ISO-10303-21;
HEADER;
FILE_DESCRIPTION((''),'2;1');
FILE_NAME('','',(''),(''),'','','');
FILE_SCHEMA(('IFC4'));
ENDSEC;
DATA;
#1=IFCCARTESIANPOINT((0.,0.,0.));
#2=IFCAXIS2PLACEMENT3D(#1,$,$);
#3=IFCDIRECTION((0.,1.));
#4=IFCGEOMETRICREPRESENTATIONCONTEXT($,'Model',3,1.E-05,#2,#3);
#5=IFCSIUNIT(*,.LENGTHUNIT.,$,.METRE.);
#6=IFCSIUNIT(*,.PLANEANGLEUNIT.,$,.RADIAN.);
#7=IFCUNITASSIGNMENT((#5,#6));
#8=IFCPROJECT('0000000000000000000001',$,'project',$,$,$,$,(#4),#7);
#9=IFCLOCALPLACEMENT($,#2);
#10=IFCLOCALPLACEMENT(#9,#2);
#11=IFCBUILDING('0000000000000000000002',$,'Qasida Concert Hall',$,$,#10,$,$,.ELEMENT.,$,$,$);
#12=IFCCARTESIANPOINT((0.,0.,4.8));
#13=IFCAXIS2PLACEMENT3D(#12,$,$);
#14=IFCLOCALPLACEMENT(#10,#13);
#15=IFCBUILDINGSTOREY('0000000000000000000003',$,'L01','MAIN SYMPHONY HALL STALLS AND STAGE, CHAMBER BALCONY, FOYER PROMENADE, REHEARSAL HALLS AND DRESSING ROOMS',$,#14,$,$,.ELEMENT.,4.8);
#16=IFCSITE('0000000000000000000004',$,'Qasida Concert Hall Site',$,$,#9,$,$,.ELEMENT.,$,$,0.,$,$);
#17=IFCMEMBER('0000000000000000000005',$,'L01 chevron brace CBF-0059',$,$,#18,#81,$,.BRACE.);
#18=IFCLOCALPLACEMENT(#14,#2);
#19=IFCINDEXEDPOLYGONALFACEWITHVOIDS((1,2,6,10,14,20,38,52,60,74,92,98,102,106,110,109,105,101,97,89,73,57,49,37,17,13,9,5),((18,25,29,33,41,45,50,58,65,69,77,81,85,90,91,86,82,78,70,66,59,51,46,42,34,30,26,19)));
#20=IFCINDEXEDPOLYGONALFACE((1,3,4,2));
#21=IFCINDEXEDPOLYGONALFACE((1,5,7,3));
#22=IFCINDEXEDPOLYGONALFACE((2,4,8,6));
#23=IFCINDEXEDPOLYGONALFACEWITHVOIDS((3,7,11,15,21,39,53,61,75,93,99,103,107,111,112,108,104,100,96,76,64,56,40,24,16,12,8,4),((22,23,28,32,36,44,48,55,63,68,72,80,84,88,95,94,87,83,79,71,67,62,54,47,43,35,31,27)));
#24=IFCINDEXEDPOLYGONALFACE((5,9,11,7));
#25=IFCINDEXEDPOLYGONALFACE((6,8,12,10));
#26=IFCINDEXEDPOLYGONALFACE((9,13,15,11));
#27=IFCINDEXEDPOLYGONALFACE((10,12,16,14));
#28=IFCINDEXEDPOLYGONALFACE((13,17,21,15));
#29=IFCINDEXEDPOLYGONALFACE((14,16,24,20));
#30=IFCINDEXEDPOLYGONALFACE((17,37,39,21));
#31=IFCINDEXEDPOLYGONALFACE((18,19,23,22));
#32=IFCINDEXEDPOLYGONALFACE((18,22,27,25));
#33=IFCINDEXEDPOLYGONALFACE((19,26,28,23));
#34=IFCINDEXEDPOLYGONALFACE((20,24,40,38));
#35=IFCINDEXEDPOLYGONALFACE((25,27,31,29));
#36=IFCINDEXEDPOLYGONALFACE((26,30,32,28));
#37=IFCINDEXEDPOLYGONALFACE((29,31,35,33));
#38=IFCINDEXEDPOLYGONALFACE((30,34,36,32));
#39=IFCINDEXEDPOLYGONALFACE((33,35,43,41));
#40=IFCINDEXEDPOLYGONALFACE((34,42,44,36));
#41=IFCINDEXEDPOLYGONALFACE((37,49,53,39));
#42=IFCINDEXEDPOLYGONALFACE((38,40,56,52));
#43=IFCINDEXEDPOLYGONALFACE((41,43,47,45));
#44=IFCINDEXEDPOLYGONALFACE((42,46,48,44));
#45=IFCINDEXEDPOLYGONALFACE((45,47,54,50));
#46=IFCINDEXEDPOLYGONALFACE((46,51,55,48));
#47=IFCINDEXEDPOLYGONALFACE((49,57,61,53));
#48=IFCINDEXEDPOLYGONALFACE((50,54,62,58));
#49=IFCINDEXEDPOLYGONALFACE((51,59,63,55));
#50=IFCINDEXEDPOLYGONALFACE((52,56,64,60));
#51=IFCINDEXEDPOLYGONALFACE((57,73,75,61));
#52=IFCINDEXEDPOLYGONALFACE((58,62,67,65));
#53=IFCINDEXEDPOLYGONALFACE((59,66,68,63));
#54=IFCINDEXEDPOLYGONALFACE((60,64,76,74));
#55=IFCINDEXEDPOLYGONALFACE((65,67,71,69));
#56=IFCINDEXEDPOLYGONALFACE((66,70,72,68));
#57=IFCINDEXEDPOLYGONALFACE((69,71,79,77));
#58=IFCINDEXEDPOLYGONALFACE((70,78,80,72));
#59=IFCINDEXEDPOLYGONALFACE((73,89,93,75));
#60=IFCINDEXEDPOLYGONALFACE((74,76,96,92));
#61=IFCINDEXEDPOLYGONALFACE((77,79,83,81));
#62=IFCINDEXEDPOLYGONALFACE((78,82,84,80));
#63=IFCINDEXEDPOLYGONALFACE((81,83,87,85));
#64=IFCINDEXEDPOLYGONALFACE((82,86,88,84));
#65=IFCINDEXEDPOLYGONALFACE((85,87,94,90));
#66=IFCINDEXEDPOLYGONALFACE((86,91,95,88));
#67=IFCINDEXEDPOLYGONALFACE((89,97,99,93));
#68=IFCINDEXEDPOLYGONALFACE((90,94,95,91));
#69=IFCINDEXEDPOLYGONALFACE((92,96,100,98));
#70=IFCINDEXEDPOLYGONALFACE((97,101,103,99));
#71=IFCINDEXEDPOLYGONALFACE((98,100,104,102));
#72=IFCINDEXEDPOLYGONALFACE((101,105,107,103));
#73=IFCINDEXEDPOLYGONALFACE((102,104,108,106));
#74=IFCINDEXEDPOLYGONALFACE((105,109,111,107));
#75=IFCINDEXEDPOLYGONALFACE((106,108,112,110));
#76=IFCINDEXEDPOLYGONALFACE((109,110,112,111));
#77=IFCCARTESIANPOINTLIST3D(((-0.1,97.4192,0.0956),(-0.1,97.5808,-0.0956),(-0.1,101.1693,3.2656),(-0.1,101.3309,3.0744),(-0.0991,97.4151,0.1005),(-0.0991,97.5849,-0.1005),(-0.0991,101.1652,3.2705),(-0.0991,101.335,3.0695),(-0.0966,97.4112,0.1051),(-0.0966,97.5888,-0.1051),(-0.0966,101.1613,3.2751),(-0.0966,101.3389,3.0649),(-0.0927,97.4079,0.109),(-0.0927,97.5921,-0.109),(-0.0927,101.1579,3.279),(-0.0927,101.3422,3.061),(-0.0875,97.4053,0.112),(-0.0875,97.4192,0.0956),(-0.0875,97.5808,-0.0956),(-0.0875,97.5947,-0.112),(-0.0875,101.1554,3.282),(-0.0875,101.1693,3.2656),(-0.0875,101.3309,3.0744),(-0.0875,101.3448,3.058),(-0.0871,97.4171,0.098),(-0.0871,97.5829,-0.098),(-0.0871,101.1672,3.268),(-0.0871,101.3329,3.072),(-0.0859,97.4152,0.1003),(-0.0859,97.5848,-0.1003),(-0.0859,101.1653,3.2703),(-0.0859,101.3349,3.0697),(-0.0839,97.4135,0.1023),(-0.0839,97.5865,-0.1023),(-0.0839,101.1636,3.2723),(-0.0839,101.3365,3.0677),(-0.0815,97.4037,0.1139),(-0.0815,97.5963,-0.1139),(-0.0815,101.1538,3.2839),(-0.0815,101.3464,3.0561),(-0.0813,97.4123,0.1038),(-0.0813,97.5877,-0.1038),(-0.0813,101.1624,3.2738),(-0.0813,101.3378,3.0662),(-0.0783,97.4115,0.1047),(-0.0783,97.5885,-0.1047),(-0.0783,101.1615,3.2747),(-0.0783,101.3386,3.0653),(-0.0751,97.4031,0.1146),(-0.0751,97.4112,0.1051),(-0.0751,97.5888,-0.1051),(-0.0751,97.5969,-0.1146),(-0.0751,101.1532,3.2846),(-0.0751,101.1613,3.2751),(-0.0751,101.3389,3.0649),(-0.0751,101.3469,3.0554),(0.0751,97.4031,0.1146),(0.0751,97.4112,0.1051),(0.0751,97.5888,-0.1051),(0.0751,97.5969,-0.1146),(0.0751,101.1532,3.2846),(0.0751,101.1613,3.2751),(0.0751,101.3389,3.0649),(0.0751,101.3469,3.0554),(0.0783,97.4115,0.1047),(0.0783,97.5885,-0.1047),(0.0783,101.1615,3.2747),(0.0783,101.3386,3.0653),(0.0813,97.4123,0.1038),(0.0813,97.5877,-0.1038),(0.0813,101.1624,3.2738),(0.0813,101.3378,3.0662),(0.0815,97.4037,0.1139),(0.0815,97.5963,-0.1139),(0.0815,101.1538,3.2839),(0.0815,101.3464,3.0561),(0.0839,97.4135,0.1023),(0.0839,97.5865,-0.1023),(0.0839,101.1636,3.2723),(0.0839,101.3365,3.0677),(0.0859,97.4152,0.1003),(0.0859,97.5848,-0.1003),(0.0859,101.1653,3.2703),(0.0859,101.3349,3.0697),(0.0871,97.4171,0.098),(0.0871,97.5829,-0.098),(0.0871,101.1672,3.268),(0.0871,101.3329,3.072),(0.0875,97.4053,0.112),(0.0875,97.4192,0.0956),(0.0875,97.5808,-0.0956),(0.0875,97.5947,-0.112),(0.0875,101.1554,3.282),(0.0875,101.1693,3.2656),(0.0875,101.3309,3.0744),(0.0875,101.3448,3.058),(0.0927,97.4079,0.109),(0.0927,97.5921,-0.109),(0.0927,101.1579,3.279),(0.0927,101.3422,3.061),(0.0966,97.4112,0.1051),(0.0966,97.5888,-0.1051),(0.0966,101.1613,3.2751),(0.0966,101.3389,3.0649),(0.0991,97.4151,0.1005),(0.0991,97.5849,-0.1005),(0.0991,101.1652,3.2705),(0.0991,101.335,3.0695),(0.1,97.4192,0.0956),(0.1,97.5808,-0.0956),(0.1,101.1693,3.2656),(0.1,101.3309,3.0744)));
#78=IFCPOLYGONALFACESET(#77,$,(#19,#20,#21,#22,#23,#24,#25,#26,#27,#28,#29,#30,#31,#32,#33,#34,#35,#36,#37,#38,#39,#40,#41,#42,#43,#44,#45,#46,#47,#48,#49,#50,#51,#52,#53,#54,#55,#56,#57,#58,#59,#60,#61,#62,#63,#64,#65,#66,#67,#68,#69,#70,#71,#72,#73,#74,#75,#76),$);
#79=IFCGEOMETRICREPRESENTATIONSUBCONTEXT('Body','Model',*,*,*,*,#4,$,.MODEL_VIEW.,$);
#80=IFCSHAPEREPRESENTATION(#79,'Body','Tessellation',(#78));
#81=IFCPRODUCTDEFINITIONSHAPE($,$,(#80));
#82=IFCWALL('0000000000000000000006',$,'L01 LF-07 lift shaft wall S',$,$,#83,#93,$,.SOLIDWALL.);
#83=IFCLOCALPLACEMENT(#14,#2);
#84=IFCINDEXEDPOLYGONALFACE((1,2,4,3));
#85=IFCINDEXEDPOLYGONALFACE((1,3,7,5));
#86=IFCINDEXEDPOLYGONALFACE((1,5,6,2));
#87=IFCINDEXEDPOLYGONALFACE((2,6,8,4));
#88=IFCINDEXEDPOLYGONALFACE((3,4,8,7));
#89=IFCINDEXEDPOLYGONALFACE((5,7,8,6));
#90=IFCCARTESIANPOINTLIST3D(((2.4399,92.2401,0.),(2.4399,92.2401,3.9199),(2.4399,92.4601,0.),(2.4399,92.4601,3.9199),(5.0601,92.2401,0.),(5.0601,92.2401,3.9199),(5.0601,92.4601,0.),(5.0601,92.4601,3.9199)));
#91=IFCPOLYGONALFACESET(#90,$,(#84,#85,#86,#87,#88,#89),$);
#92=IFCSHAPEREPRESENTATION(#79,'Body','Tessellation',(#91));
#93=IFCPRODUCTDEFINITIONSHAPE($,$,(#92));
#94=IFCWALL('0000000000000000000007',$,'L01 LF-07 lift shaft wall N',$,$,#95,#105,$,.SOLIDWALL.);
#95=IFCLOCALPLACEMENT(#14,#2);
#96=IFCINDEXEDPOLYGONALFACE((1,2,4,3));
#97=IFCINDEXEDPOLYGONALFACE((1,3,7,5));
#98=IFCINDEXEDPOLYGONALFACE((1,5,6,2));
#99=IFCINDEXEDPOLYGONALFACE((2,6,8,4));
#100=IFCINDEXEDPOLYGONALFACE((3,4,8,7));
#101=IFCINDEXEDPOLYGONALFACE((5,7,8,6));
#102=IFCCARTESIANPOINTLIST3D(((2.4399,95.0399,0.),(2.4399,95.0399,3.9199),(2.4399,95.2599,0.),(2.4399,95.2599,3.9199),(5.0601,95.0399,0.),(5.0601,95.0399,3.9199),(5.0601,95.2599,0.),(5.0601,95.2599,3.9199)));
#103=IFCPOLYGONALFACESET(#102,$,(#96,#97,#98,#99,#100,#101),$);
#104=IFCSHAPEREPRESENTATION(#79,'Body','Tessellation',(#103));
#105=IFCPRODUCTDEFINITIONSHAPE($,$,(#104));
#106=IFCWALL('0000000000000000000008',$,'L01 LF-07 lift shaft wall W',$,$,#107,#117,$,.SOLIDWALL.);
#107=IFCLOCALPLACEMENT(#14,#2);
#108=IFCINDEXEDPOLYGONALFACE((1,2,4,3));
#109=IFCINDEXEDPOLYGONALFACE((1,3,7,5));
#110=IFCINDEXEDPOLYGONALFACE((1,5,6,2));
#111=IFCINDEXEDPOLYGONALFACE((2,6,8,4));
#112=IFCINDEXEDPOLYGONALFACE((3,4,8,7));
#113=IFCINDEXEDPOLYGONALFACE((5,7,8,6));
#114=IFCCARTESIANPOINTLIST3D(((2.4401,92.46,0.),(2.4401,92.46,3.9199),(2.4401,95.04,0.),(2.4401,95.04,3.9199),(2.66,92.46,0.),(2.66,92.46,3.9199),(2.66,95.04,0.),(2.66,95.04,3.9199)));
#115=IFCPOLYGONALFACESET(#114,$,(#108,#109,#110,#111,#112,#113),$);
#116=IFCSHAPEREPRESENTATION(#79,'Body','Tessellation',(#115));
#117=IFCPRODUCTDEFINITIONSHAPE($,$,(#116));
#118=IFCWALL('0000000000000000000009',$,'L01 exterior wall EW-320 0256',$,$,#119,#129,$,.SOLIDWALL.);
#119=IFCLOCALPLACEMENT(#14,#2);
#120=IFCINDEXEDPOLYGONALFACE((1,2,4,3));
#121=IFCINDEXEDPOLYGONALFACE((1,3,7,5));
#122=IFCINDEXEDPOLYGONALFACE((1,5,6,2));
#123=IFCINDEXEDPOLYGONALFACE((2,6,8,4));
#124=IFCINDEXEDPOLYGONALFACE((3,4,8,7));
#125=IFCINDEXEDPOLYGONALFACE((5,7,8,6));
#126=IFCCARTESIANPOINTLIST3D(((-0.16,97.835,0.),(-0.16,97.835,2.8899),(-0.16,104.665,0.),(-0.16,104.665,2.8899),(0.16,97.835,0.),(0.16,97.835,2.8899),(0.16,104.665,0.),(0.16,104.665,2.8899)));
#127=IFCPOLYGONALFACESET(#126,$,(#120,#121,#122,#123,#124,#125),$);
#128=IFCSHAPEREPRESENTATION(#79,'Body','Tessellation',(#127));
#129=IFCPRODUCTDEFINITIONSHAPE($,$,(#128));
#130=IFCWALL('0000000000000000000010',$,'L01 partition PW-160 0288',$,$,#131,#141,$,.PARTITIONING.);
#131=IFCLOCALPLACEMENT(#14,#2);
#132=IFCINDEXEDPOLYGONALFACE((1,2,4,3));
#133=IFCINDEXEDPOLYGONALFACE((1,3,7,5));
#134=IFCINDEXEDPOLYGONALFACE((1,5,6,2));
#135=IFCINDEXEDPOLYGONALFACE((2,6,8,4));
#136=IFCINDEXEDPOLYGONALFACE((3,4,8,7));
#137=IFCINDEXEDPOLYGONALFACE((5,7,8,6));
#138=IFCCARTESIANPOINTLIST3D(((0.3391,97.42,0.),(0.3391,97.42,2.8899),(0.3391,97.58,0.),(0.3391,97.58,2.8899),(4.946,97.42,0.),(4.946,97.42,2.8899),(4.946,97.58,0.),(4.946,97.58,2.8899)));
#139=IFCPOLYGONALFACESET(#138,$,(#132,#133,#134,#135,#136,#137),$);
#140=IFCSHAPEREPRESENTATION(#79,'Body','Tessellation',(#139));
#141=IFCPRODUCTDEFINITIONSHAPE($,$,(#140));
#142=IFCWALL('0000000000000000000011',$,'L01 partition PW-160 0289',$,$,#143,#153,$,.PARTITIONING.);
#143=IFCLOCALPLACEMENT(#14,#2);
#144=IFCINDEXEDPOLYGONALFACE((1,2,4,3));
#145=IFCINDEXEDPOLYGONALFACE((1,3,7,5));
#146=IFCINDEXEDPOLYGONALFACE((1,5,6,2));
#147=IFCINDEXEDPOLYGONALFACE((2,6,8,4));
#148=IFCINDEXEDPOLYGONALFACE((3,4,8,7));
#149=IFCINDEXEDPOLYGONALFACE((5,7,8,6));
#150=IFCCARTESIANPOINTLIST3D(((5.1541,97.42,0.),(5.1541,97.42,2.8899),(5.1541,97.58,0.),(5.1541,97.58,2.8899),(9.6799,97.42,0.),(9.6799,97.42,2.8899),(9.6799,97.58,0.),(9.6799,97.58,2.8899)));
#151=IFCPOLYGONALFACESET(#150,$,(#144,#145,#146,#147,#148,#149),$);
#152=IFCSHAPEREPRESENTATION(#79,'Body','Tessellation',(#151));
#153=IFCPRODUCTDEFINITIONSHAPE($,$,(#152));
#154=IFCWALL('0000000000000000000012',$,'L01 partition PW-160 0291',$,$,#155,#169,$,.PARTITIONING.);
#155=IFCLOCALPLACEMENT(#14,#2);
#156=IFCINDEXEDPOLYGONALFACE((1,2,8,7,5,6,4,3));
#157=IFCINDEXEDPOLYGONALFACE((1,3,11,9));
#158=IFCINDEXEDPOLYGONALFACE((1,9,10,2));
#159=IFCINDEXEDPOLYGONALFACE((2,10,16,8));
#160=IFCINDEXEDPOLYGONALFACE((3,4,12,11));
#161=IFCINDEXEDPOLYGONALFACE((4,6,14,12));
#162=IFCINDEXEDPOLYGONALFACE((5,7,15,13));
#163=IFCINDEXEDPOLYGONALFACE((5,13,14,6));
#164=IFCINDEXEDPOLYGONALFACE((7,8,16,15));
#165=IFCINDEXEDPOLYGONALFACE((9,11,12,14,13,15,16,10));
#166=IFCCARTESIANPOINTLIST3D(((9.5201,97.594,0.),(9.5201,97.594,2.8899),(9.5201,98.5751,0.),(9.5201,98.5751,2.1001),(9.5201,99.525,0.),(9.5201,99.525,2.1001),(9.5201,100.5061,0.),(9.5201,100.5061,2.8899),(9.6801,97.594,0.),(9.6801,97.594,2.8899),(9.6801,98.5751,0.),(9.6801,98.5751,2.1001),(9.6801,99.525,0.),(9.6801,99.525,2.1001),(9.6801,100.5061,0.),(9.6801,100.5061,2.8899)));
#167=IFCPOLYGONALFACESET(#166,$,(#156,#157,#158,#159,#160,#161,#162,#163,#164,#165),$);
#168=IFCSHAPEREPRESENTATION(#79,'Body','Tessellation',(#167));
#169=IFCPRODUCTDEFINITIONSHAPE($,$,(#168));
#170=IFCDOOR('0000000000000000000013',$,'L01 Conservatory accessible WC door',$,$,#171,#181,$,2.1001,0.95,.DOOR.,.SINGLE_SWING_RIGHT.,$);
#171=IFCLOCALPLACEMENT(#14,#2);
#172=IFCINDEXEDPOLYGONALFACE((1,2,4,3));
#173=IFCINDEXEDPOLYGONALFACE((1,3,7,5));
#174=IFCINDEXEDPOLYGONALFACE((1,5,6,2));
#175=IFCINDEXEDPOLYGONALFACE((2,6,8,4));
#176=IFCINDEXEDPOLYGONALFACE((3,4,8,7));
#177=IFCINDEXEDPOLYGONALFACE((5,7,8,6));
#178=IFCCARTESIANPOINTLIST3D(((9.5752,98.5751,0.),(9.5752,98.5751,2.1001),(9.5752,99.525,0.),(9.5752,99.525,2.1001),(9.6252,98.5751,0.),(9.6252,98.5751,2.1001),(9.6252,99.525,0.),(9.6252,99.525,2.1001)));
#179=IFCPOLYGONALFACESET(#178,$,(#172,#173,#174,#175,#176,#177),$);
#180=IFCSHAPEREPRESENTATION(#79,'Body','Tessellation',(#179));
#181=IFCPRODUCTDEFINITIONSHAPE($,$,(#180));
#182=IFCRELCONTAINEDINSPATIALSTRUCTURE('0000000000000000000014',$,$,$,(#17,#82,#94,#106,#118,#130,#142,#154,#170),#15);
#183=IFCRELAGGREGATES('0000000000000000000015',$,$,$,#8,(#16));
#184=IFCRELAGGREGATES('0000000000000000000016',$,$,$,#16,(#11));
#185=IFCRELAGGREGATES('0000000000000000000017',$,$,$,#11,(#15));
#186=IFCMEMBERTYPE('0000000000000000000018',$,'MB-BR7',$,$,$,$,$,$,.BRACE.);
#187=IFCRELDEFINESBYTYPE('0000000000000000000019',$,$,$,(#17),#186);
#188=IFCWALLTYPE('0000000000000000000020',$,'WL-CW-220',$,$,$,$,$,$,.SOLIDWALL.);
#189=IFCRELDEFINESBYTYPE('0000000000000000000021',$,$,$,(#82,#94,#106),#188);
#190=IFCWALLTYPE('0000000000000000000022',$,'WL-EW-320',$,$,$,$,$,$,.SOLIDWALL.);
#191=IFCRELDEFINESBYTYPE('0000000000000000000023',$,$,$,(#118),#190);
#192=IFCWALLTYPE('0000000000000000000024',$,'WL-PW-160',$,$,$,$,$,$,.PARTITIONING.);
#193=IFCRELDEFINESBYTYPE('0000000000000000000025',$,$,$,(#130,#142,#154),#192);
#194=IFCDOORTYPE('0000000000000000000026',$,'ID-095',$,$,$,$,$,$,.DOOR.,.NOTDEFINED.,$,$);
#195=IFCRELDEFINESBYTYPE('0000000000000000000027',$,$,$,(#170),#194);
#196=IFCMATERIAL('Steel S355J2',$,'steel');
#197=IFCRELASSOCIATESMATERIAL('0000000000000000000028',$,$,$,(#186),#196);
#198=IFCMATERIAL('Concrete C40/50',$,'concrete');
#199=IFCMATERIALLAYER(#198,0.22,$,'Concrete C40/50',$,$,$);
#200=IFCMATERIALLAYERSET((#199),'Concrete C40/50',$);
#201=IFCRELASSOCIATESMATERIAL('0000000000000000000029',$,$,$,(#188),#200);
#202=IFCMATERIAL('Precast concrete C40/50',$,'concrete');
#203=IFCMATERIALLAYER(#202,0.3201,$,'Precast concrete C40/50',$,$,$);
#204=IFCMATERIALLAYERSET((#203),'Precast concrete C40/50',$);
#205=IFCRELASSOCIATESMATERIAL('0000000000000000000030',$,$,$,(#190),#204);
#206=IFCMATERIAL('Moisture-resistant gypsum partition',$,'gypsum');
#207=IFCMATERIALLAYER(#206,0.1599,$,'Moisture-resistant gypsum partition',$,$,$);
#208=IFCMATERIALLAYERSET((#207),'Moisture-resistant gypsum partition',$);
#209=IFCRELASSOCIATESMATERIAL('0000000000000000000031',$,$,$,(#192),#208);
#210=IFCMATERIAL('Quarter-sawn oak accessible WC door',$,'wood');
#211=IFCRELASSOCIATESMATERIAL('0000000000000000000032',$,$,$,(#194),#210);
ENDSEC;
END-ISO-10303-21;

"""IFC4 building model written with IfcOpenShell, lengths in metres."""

from ifc_helpers import new_model, si_unit, direction, frame, frame_2d, origin, origin_2d, place, context, subcontext, project, spatial, rectangle, hollow_rectangle, extrude, material, layer, layer_set, material_profile, profile_set, type_object, element, fill, save


model = new_model("IFC4")

# Units and contexts
model_context = context("Model", 3, precision=1e-05, world=origin(), true_north=direction((0.0, 1.0)))
body_context = subcontext(model_context, "Body", "Model", "MODEL_VIEW")
ifc_project = project(units=[si_unit("LENGTHUNIT", "METRE"), si_unit("PLANEANGLEUNIT", "RADIAN")], contexts=[model_context])

# Site, building, storey
site_placement = place(None, origin())
site = spatial("IfcSite", under=ifc_project, at=site_placement, Name="Qasida Concert Hall Site", CompositionType="ELEMENT", RefElevation=0.0)
building_placement = place(site_placement, origin())
building = spatial("IfcBuilding", under=site, at=building_placement, Name="Qasida Concert Hall", CompositionType="ELEMENT")
storey_placement = place(building_placement, frame((0.0, 0.0, 4.8)))
storey = spatial("IfcBuildingStorey", under=building, at=storey_placement, Name="L01", Description="MAIN SYMPHONY HALL STALLS AND STAGE, CHAMBER BALCONY, FOYER PROMENADE, REHEARSAL HALLS AND DRESSING ROOMS", CompositionType="ELEMENT", Elevation=4.8)

# Shared definitions
ifc_material_1 = material(Name="Steel S355J2", Category="steel")
ifc_material_2 = material(Name="Concrete C40/50", Category="concrete")

# Member
ifc_material_profile_1 = material_profile(ifc_material_1, hollow_rectangle(XDim=0.2, YDim=0.3, WallThickness=0.0125, InnerFilletRadius=0.0125, OuterFilletRadius=0.0249, at=origin_2d()), Name="RHS 300x200x12.5")
ifc_profile_set_1 = profile_set([ifc_material_profile_1], Name="Steel S355J2")
member_type = type_object("IfcMemberType", Name="MB-BR7", PredefinedType="BRACE", material=ifc_profile_set_1)
member_placement = place(storey_placement, frame((0.0, 97.5, 0.0), z_axis=(0.0, 0.763703, 0.645568), x_axis=(-1.0, 0.0, 0.0)))
element("IfcMember", 1, at=member_placement, inside=storey, type_object=member_type, Name="L01 chevron brace CBF-0059", PredefinedType="BRACE", context=body_context, shape_type="SweptSolid", body=[
    extrude(hollow_rectangle(XDim=0.2, YDim=0.3, WallThickness=0.0125, InnerFilletRadius=0.0125, OuterFilletRadius=0.0249, at=origin_2d()), origin(), (0.0, 0.0, 1.0), 4.9104),
])

# Walls
ifc_layer_1 = layer(ifc_material_2, 0.22, Name="Concrete C40/50")
ifc_layer_set_1 = layer_set([ifc_layer_1], Name="Concrete C40/50")
wall_type_1 = type_object("IfcWallType", Name="WL-CW-220", PredefinedType="SOLIDWALL", material=ifc_layer_set_1)
for number, where, z_axis, x_axis, name in (
    (2, (2.4399, 92.3501, 0.0), (0.0, 0.0, 1.0), (1.0, 0.0, 0.0), "L01 LF-07 lift shaft wall S"),
    (3, (2.4399, 95.1499, 0.0), (0.0, 0.0, 1.0), (1.0, 0.0, 0.0), "L01 LF-07 lift shaft wall N"),
):
    element("IfcWall", number, at=place(storey_placement, frame(where, z_axis=z_axis, x_axis=x_axis)), inside=storey, type_object=wall_type_1, Name=name, PredefinedType="SOLIDWALL", context=body_context, shape_type="SweptSolid", body=[
        extrude(rectangle(XDim=2.6201, YDim=0.22, at=frame_2d((1.3101, 0.0))), origin(), (0.0, 0.0, 1.0), 3.9199),
    ])
wall_1_placement = place(storey_placement, frame((2.55, 92.46, 0.0), z_axis=(0.0, 0.0, 1.0), x_axis=(0.0, 1.0, 0.0)))
element("IfcWall", 4, at=wall_1_placement, inside=storey, type_object=wall_type_1, Name="L01 LF-07 lift shaft wall W", PredefinedType="SOLIDWALL", context=body_context, shape_type="SweptSolid", body=[
    extrude(rectangle(XDim=2.5801, YDim=0.22, at=frame_2d((1.29, 0.0))), origin(), (0.0, 0.0, 1.0), 3.9199),
])

# Walls
ifc_material_3 = material(Name="Precast concrete C40/50", Category="concrete")
ifc_layer_2 = layer(ifc_material_3, 0.3201, Name="Precast concrete C40/50")
ifc_layer_set_2 = layer_set([ifc_layer_2], Name="Precast concrete C40/50")
wall_type_2 = type_object("IfcWallType", Name="WL-EW-320", PredefinedType="SOLIDWALL", material=ifc_layer_set_2)
wall_2_placement = place(storey_placement, frame((0.0, 97.835, 0.0), z_axis=(0.0, 0.0, 1.0), x_axis=(0.0, 1.0, 0.0)))
element("IfcWall", 5, at=wall_2_placement, inside=storey, type_object=wall_type_2, Name="L01 exterior wall EW-320 0256", PredefinedType="SOLIDWALL", context=body_context, shape_type="SweptSolid", body=[
    extrude(rectangle(XDim=6.8301, YDim=0.3201, at=frame_2d((3.415, 0.0))), origin(), (0.0, 0.0, 1.0), 2.8899),
])
ifc_material_4 = material(Name="Moisture-resistant gypsum partition", Category="gypsum")
ifc_layer_3 = layer(ifc_material_4, 0.1599, Name="Moisture-resistant gypsum partition")
ifc_layer_set_3 = layer_set([ifc_layer_3], Name="Moisture-resistant gypsum partition")
wall_type_3 = type_object("IfcWallType", Name="WL-PW-160", PredefinedType="PARTITIONING", material=ifc_layer_set_3)
wall_3_placement = place(storey_placement, frame((0.3391, 97.5, 0.0), z_axis=(0.0, 0.0, 1.0), x_axis=(1.0, 0.0, 0.0)))
element("IfcWall", 6, at=wall_3_placement, inside=storey, type_object=wall_type_3, Name="L01 partition PW-160 0288", PredefinedType="PARTITIONING", context=body_context, shape_type="SweptSolid", body=[
    extrude(rectangle(XDim=4.6069, YDim=0.1599, at=frame_2d((2.3035, 0.0))), origin(), (0.0, 0.0, 1.0), 2.8899),
])
wall_4_placement = place(storey_placement, frame((5.1541, 97.5, 0.0), z_axis=(0.0, 0.0, 1.0), x_axis=(1.0, 0.0, 0.0)))
element("IfcWall", 7, at=wall_4_placement, inside=storey, type_object=wall_type_3, Name="L01 partition PW-160 0289", PredefinedType="PARTITIONING", context=body_context, shape_type="SweptSolid", body=[
    extrude(rectangle(XDim=4.5259, YDim=0.1599, at=frame_2d((2.2629, 0.0))), origin(), (0.0, 0.0, 1.0), 2.8899),
])

# Wall, opening, door
wall_5_placement = place(storey_placement, frame((9.6001, 97.594, 0.0), z_axis=(0.0, 0.0, 1.0), x_axis=(0.0, 1.0, 0.0)))
wall_5 = element("IfcWall", 8, at=wall_5_placement, inside=storey, type_object=wall_type_3, Name="L01 partition PW-160 0291", PredefinedType="PARTITIONING", context=body_context, shape_type="SweptSolid", body=[
    extrude(rectangle(XDim=2.9121, YDim=0.1599, at=frame_2d((1.4561, 0.0))), origin(), (0.0, 0.0, 1.0), 2.8899),
])
opening_1_placement = place(wall_5_placement, frame((0.981, 0.0, 0.0)))
opening_1 = element("IfcOpeningElement", 9, at=opening_1_placement, cuts=wall_5, PredefinedType="OPENING", context=body_context, shape_type="SweptSolid", body=[
    extrude(rectangle(XDim=0.95, YDim=2.1001, at=frame_2d((0.4751, 1.05))), frame((0.0, 0.0898, 0.0), z_axis=(0.0, -1.0, 0.0), x_axis=(1.0, 0.0, 0.0)), (0.0, 0.0, 1.0), 0.1799),
])
ifc_material_5 = material(Name="Quarter-sawn oak accessible WC door", Category="wood")
door_type_1 = type_object("IfcDoorType", Name="ID-095", OperationType="NOTDEFINED", PredefinedType="DOOR", material=ifc_material_5)
door_1_placement = place(opening_1_placement, origin())
door_1 = element("IfcDoor", 10, at=door_1_placement, inside=storey, type_object=door_type_1, Name="L01 Conservatory accessible WC door", OperationType="SINGLE_SWING_RIGHT", OverallHeight=2.1001, OverallWidth=0.95, PredefinedType="DOOR", context=body_context, shape_type="SweptSolid", body=[
    extrude(rectangle(XDim=0.95, YDim=2.1001, at=frame_2d((0.4751, 1.05))), frame((0.0, 0.0249, 0.0), z_axis=(0.0, -1.0, 0.0), x_axis=(1.0, 0.0, 0.0)), (0.0, 0.0, 1.0), 0.05),
])
fill(opening_1, door_1)

save(model, "model.ifc")
